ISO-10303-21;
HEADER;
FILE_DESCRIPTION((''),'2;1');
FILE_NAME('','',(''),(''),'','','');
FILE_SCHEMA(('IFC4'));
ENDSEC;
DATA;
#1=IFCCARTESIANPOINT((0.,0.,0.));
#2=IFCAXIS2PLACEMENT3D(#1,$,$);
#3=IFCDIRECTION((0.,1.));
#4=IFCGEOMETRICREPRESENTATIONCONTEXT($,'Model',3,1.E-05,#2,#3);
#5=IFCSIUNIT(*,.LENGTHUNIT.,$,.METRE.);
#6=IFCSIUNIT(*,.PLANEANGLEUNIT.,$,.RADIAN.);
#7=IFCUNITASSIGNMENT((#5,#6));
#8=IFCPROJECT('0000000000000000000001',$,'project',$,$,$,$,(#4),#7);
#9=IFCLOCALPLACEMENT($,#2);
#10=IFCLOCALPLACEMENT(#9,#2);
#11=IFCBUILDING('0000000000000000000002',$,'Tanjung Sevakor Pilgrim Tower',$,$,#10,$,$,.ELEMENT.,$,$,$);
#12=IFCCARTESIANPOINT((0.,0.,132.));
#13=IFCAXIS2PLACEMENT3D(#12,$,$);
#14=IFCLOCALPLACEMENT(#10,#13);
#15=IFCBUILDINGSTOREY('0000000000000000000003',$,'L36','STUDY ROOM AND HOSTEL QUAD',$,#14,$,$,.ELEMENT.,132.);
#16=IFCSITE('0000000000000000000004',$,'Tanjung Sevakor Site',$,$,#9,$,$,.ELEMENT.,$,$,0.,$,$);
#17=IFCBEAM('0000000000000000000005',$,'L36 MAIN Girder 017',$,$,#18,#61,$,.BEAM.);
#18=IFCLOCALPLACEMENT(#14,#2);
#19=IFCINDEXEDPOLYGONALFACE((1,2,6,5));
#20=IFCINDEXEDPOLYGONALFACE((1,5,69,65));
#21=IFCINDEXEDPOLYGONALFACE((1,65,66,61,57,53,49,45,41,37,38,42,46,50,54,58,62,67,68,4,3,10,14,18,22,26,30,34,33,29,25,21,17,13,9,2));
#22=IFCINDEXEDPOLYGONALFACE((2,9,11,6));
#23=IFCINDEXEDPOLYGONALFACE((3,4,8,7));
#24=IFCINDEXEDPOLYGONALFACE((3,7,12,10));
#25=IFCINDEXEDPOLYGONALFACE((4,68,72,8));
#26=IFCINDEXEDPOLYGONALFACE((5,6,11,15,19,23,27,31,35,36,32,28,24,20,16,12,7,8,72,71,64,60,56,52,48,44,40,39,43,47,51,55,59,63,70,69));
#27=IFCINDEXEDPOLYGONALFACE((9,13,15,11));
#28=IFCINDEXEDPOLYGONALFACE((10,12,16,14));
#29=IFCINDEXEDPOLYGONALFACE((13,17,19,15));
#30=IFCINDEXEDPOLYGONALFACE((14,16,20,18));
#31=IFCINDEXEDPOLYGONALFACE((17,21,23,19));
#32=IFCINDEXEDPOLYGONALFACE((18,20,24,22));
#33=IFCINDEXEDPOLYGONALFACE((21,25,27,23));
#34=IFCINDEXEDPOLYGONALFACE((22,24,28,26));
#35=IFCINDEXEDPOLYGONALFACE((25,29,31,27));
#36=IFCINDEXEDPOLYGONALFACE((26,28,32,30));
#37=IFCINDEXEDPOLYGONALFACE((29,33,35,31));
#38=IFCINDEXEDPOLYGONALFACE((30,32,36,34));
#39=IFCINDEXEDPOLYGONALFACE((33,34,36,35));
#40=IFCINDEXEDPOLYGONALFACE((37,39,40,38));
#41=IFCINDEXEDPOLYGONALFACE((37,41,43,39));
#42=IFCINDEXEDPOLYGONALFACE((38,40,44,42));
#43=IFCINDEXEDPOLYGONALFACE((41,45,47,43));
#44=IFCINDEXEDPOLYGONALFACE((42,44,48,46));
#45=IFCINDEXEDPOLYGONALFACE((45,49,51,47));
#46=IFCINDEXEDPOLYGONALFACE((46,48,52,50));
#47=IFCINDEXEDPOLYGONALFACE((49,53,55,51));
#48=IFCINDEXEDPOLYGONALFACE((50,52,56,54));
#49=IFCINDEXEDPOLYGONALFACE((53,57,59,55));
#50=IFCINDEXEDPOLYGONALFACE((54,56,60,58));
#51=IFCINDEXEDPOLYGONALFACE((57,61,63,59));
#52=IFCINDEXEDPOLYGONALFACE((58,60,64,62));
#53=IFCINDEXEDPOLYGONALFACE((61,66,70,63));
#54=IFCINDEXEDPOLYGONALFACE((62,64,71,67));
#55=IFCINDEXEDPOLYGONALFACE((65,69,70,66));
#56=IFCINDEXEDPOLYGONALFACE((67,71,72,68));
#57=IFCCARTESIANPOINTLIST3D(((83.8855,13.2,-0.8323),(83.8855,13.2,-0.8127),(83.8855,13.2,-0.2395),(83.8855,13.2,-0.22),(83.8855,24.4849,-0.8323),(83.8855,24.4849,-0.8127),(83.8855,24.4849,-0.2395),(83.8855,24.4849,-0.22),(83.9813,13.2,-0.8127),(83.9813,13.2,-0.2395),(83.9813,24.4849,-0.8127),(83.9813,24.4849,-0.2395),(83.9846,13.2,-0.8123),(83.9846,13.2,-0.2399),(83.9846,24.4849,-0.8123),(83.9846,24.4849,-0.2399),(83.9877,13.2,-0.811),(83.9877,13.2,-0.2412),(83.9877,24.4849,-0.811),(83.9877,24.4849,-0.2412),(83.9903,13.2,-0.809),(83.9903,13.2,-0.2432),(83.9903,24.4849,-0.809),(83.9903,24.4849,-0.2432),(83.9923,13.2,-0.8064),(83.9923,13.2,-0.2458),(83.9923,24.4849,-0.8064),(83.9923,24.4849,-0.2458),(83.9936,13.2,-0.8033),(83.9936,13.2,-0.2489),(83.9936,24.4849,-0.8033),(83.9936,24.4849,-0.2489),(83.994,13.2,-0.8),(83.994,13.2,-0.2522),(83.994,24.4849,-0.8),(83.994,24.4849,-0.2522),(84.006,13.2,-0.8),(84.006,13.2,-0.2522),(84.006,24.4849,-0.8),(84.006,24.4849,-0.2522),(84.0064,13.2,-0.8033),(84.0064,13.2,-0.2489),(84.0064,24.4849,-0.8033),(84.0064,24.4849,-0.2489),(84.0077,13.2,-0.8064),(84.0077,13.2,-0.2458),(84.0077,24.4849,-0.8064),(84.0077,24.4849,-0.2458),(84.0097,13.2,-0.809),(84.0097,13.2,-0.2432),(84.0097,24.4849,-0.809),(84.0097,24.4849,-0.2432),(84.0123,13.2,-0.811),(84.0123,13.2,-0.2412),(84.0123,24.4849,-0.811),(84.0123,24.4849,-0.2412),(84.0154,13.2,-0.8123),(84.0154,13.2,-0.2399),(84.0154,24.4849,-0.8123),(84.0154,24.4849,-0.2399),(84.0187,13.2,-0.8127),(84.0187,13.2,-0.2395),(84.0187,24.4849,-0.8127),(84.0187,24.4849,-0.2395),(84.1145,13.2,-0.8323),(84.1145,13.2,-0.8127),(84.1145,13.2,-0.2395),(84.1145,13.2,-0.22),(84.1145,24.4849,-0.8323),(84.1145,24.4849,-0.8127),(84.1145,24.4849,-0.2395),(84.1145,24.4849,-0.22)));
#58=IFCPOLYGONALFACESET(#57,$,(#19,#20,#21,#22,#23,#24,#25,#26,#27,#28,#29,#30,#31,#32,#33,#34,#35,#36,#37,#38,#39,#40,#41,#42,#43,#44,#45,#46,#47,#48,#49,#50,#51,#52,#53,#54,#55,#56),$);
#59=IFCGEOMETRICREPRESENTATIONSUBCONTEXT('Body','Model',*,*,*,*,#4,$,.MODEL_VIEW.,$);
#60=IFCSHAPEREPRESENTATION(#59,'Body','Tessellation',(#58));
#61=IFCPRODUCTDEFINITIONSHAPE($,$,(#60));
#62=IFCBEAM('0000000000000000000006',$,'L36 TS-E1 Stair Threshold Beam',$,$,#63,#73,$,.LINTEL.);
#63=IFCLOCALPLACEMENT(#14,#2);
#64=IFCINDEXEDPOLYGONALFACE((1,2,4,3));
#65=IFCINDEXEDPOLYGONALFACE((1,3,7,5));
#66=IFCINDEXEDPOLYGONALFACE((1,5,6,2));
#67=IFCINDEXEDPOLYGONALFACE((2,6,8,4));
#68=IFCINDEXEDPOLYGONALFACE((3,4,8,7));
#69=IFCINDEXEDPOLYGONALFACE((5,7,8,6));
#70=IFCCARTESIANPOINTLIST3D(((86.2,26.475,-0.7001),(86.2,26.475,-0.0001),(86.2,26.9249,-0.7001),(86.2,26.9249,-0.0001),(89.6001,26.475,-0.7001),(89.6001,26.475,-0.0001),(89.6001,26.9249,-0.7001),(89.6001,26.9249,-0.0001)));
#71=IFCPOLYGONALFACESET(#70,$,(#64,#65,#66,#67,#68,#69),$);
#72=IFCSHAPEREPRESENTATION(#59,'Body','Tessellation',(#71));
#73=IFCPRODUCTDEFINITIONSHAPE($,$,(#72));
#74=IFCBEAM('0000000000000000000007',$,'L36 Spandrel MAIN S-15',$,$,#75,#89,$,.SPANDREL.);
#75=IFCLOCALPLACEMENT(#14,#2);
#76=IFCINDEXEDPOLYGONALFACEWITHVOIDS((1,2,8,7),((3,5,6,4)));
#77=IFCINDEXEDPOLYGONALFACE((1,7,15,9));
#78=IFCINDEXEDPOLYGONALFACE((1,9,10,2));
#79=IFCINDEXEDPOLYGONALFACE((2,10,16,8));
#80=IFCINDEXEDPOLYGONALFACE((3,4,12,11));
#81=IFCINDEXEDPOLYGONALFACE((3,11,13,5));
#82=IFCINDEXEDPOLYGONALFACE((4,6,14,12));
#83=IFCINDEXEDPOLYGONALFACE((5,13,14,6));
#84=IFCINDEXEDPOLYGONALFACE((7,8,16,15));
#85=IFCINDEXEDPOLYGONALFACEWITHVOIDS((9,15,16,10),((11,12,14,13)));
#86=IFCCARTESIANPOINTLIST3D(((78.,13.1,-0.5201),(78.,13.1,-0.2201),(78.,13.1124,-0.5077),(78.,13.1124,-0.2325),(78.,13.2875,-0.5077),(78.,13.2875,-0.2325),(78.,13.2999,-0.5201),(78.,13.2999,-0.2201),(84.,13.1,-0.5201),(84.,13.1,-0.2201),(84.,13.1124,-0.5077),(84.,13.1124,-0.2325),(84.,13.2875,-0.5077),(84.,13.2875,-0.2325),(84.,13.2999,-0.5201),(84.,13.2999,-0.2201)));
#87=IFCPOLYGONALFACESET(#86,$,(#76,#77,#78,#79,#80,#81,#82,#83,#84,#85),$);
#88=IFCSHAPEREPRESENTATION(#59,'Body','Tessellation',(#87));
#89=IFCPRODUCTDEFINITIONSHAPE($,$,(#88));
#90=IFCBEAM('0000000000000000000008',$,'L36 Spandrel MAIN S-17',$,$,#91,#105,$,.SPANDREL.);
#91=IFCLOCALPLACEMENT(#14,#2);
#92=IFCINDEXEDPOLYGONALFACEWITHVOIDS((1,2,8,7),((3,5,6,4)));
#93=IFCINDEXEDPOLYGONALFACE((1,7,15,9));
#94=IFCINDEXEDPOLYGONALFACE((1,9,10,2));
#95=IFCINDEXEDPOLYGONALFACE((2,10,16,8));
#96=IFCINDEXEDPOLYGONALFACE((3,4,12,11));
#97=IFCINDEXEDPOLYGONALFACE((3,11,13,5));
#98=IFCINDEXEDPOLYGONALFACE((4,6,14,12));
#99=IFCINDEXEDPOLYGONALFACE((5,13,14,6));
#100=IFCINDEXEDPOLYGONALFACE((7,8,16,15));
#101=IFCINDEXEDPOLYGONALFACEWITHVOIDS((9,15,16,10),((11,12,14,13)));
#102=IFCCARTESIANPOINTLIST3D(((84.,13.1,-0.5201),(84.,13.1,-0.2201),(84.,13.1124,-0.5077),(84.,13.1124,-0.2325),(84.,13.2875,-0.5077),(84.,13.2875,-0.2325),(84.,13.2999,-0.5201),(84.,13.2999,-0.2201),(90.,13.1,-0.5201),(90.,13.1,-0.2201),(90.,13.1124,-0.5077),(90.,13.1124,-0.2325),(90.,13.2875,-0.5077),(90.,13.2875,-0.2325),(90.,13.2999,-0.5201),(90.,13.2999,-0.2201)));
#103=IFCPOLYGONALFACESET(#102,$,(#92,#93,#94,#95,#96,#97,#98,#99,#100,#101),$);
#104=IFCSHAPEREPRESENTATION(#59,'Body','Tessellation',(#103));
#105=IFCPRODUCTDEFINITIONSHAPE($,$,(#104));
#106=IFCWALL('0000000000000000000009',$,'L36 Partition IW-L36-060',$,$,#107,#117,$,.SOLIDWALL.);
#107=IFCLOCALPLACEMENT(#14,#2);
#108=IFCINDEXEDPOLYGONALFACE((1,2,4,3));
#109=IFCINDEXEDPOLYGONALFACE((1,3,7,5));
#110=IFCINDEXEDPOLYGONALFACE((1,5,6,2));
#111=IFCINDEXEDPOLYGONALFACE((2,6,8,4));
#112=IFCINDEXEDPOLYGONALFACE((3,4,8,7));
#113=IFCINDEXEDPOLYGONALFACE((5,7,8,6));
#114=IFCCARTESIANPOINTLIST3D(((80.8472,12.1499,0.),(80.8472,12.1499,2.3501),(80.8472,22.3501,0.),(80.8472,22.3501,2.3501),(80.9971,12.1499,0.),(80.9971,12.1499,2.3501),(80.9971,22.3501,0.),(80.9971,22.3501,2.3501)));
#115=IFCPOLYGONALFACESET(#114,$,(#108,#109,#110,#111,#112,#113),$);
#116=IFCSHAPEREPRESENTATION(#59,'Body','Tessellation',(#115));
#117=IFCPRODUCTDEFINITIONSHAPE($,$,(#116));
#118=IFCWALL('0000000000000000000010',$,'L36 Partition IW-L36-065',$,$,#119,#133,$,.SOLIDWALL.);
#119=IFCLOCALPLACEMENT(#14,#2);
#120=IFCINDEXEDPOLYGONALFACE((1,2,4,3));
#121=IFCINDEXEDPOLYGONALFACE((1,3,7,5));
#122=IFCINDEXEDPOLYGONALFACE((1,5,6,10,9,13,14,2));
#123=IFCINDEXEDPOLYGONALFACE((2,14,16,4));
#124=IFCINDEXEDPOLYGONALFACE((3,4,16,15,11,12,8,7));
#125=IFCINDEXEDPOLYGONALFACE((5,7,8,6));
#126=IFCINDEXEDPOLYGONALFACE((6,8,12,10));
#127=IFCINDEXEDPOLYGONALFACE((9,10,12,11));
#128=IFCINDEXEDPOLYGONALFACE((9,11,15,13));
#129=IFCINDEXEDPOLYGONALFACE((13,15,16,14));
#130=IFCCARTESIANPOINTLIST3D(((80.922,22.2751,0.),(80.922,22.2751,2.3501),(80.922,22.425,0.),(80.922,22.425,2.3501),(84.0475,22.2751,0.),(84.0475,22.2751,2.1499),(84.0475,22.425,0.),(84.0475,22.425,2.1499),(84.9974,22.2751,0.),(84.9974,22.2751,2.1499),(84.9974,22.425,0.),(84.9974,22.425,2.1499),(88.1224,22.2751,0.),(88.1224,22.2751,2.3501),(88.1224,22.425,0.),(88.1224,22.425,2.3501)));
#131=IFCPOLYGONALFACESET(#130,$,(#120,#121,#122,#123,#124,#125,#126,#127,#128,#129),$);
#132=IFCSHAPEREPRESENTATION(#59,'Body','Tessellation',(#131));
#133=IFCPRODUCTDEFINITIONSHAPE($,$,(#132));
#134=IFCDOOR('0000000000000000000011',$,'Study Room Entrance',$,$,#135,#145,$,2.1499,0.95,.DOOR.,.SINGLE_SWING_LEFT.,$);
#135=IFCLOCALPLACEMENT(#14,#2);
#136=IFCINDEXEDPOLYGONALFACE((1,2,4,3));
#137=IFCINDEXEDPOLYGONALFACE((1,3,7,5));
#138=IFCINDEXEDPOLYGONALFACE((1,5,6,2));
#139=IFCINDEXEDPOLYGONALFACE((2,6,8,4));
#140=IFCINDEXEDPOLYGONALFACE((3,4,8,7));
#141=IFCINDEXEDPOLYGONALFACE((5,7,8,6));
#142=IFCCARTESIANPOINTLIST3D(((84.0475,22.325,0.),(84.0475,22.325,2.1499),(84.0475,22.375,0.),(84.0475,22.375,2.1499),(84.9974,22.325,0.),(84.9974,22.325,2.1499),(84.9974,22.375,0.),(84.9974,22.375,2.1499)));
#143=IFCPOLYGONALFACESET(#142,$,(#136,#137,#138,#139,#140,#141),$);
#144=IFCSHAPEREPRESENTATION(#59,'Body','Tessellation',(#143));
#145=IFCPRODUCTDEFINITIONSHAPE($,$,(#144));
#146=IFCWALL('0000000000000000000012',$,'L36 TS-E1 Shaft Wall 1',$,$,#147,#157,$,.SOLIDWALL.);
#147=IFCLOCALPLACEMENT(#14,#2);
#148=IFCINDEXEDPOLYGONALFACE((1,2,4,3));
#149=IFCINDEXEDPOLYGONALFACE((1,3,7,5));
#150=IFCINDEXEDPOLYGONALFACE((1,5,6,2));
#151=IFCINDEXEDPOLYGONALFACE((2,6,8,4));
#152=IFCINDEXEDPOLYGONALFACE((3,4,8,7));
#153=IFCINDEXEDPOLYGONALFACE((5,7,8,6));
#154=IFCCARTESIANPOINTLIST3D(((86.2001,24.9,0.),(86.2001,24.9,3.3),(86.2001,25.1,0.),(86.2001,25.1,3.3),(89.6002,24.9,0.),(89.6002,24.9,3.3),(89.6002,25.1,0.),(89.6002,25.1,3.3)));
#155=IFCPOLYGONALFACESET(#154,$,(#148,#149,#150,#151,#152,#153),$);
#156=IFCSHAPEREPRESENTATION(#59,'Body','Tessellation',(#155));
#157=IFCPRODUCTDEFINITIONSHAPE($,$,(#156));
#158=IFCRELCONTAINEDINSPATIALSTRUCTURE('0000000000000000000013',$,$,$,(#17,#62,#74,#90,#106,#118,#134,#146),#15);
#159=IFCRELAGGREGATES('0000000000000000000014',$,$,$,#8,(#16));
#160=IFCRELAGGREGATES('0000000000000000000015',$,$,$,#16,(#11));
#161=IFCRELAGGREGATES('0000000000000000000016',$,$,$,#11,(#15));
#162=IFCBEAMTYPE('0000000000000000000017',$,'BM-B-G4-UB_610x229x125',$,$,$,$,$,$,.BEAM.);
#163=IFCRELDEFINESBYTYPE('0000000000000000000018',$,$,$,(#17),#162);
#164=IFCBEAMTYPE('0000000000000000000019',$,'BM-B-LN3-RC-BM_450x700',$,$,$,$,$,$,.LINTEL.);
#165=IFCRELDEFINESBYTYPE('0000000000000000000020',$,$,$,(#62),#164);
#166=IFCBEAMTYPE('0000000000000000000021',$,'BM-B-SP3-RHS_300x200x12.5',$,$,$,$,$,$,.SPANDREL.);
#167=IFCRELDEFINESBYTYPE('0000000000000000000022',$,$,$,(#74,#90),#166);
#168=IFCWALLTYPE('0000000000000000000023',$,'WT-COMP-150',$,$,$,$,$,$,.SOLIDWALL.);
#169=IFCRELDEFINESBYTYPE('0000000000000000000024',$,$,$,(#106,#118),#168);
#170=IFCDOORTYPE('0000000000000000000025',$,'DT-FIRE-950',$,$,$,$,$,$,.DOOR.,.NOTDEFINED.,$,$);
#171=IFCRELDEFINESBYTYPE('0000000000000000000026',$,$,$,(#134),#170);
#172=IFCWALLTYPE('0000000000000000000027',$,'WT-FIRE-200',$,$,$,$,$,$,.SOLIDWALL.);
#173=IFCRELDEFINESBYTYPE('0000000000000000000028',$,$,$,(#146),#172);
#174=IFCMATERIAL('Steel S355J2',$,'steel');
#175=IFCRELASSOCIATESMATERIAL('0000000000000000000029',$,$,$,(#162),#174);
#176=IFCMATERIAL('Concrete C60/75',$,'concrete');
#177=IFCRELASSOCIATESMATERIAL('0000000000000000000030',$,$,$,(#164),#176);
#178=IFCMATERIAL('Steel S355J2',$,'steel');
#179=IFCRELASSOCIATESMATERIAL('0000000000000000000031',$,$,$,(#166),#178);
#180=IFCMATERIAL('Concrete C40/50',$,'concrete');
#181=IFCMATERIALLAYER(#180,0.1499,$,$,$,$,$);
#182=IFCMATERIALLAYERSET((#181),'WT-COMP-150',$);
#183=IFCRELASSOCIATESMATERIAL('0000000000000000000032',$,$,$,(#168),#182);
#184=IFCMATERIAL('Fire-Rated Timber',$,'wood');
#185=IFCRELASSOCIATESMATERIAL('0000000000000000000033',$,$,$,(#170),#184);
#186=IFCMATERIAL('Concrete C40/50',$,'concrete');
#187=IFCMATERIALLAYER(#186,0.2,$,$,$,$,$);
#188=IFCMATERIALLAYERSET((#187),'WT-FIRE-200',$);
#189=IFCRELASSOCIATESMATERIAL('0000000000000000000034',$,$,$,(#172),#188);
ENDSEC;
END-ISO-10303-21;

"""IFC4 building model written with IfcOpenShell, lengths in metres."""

from ifc_helpers import new_model, si_unit, direction, frame, frame_2d, origin, origin_2d, place, context, subcontext, project, spatial, rectangle, hollow_rectangle, i_section, extrude, material, layer, layer_set, material_profile, profile_set, type_object, element, fill, save


model = new_model("IFC4")

# Units and contexts
model_context = context("Model", 3, precision=1e-05, world=origin(), true_north=direction((0.0, 1.0)))
body_context = subcontext(model_context, "Body", "Model", "MODEL_VIEW")
ifc_project = project(units=[si_unit("LENGTHUNIT", "METRE"), si_unit("PLANEANGLEUNIT", "RADIAN")], contexts=[model_context])

# Site, building, storey
site_placement = place(None, origin())
site = spatial("IfcSite", under=ifc_project, at=site_placement, Name="Tanjung Sevakor Site", CompositionType="ELEMENT", RefElevation=0.0)
building_placement = place(site_placement, origin())
building = spatial("IfcBuilding", under=site, at=building_placement, Name="Tanjung Sevakor Pilgrim Tower", CompositionType="ELEMENT")
storey_placement = place(building_placement, frame((0.0, 0.0, 132.0)))
storey = spatial("IfcBuildingStorey", under=building, at=storey_placement, Name="L36", Description="STUDY ROOM AND HOSTEL QUAD", CompositionType="ELEMENT", Elevation=132.0)

# Beams
ifc_material_1 = material(Name="Steel S355J2", Category="steel")
ifc_material_profile_1 = material_profile(ifc_material_1, i_section(OverallWidth=0.229, OverallDepth=0.6123, WebThickness=0.012, FlangeThickness=0.0195, FilletRadius=0.0127, at=origin_2d()))
ifc_profile_set_1 = profile_set([ifc_material_profile_1], Name="Steel S355J2")
beam_type_1 = type_object("IfcBeamType", Name="BM-B-G4-UB_610x229x125", PredefinedType="BEAM", material=ifc_profile_set_1)
beam_1_placement = place(storey_placement, frame((84.0, 13.2, -0.5261), z_axis=(0.0, 1.0, 0.0), x_axis=(-1.0, 0.0, 0.0)))
element("IfcBeam", 1, at=beam_1_placement, inside=storey, type_object=beam_type_1, Name="L36 MAIN Girder 017", PredefinedType="BEAM", context=body_context, shape_type="SweptSolid", body=[
    extrude(i_section(OverallWidth=0.229, OverallDepth=0.6123, WebThickness=0.012, FlangeThickness=0.0195, FilletRadius=0.0127, at=origin_2d()), origin(), (0.0, 0.0, 1.0), 11.2849),
])
ifc_material_2 = material(Name="Concrete C60/75", Category="concrete")
ifc_material_profile_2 = material_profile(ifc_material_2, rectangle(XDim=0.45, YDim=0.7, at=origin_2d()))
ifc_profile_set_2 = profile_set([ifc_material_profile_2], Name="Concrete C60/75")
beam_type_2 = type_object("IfcBeamType", Name="BM-B-LN3-RC-BM_450x700", PredefinedType="LINTEL", material=ifc_profile_set_2)
beam_2_placement = place(storey_placement, frame((86.2, 26.7, -0.3501), z_axis=(1.0, 0.0, 0.0), x_axis=(0.0, 1.0, 0.0)))
element("IfcBeam", 2, at=beam_2_placement, inside=storey, type_object=beam_type_2, Name="L36 TS-E1 Stair Threshold Beam", PredefinedType="LINTEL", context=body_context, shape_type="SweptSolid", body=[
    extrude(rectangle(XDim=0.45, YDim=0.7, at=origin_2d()), origin(), (0.0, 0.0, 1.0), 3.4001),
])
ifc_material_3 = material(Name="Steel S355J2", Category="steel")
ifc_material_profile_3 = material_profile(ifc_material_3, hollow_rectangle(XDim=0.2, YDim=0.3, WallThickness=0.0125, at=origin_2d()))
ifc_profile_set_3 = profile_set([ifc_material_profile_3], Name="Steel S355J2")
beam_type_3 = type_object("IfcBeamType", Name="BM-B-SP3-RHS_300x200x12.5", PredefinedType="SPANDREL", material=ifc_profile_set_3)
for number, where, z_axis, x_axis, name in (
    (3, (78.0, 13.2, -0.3701), (1.0, 0.0, 0.0), (0.0, 1.0, 0.0), "L36 Spandrel MAIN S-15"),
    (4, (84.0, 13.2, -0.3701), (1.0, 0.0, 0.0), (0.0, 1.0, 0.0), "L36 Spandrel MAIN S-17"),
):
    element("IfcBeam", number, at=place(storey_placement, frame(where, z_axis=z_axis, x_axis=x_axis)), inside=storey, type_object=beam_type_3, Name=name, PredefinedType="SPANDREL", context=body_context, shape_type="SweptSolid", body=[
        extrude(hollow_rectangle(XDim=0.2, YDim=0.3, WallThickness=0.0125, at=origin_2d()), origin(), (0.0, 0.0, 1.0), 6.0),
    ])

# Shared definitions
ifc_material_4 = material(Name="Concrete C40/50", Category="concrete")
ifc_layer_1 = layer(ifc_material_4, 0.1499)
ifc_layer_set_1 = layer_set([ifc_layer_1], Name="WT-COMP-150")
wall_type_1 = type_object("IfcWallType", Name="WT-COMP-150", PredefinedType="SOLIDWALL", material=ifc_layer_set_1)
ifc_material_5 = material(Name="Fire-Rated Timber", Category="wood")
door_type_1 = type_object("IfcDoorType", Name="DT-FIRE-950", OperationType="NOTDEFINED", PredefinedType="DOOR", material=ifc_material_5)

# Wall
wall_1_placement = place(storey_placement, frame((80.9221, 12.1499, 0.0), z_axis=(0.0, 0.0, 1.0), x_axis=(0.0, 1.0, 0.0)))
element("IfcWall", 5, at=wall_1_placement, inside=storey, type_object=wall_type_1, Name="L36 Partition IW-L36-060", PredefinedType="SOLIDWALL", context=body_context, shape_type="SweptSolid", body=[
    extrude(rectangle(XDim=10.2002, YDim=0.1499, at=frame_2d((5.1001, 0.0))), origin(), (0.0, 0.0, 1.0), 2.3501),
])

# Wall, opening, door
wall_2_placement = place(storey_placement, frame((80.9221, 22.3501, 0.0), z_axis=(0.0, 0.0, 1.0), x_axis=(1.0, 0.0, 0.0)))
wall_2 = element("IfcWall", 6, at=wall_2_placement, inside=storey, type_object=wall_type_1, Name="L36 Partition IW-L36-065", PredefinedType="SOLIDWALL", context=body_context, shape_type="SweptSolid", body=[
    extrude(rectangle(XDim=7.2004, YDim=0.1499, at=frame_2d((3.6001, 0.0))), origin(), (0.0, 0.0, 1.0), 2.3501),
])
opening_1_placement = place(wall_2_placement, frame((3.1252, 0.0, 0.0)))
opening_1 = element("IfcOpeningElement", 7, at=opening_1_placement, cuts=wall_2, PredefinedType="OPENING", context=body_context, shape_type="SweptSolid", body=[
    extrude(rectangle(XDim=0.95, YDim=2.1499, at=frame_2d((0.4751, 1.075))), frame((0.0, 0.085, 0.0), z_axis=(0.0, -1.0, 0.0), x_axis=(1.0, 0.0, 0.0)), (0.0, 0.0, 1.0), 0.1699),
])
door_1_placement = place(opening_1_placement, origin())
door_1 = element("IfcDoor", 8, at=door_1_placement, inside=storey, type_object=door_type_1, Name="Study Room Entrance", OperationType="SINGLE_SWING_LEFT", OverallHeight=2.1499, OverallWidth=0.95, PredefinedType="DOOR", context=body_context, shape_type="SweptSolid", body=[
    extrude(rectangle(XDim=0.95, YDim=2.1499, at=frame_2d((0.4751, 1.075))), frame((0.0, 0.0249, 0.0), z_axis=(0.0, -1.0, 0.0), x_axis=(1.0, 0.0, 0.0)), (0.0, 0.0, 1.0), 0.05),
])
fill(opening_1, door_1)

# Wall
ifc_material_6 = material(Name="Concrete C40/50", Category="concrete")
ifc_layer_2 = layer(ifc_material_6, 0.2)
ifc_layer_set_2 = layer_set([ifc_layer_2], Name="WT-FIRE-200")
wall_type_2 = type_object("IfcWallType", Name="WT-FIRE-200", PredefinedType="SOLIDWALL", material=ifc_layer_set_2)
wall_3_placement = place(storey_placement, frame((86.2, 25.0, 0.0), z_axis=(0.0, 0.0, 1.0), x_axis=(1.0, 0.0, 0.0)))
element("IfcWall", 9, at=wall_3_placement, inside=storey, type_object=wall_type_2, Name="L36 TS-E1 Shaft Wall 1", PredefinedType="SOLIDWALL", context=body_context, shape_type="SweptSolid", body=[
    extrude(rectangle(XDim=3.4001, YDim=0.2, at=frame_2d((1.7002, 0.0))), origin(), (0.0, 0.0, 1.0), 3.3),
])

save(model, "model.ifc")
